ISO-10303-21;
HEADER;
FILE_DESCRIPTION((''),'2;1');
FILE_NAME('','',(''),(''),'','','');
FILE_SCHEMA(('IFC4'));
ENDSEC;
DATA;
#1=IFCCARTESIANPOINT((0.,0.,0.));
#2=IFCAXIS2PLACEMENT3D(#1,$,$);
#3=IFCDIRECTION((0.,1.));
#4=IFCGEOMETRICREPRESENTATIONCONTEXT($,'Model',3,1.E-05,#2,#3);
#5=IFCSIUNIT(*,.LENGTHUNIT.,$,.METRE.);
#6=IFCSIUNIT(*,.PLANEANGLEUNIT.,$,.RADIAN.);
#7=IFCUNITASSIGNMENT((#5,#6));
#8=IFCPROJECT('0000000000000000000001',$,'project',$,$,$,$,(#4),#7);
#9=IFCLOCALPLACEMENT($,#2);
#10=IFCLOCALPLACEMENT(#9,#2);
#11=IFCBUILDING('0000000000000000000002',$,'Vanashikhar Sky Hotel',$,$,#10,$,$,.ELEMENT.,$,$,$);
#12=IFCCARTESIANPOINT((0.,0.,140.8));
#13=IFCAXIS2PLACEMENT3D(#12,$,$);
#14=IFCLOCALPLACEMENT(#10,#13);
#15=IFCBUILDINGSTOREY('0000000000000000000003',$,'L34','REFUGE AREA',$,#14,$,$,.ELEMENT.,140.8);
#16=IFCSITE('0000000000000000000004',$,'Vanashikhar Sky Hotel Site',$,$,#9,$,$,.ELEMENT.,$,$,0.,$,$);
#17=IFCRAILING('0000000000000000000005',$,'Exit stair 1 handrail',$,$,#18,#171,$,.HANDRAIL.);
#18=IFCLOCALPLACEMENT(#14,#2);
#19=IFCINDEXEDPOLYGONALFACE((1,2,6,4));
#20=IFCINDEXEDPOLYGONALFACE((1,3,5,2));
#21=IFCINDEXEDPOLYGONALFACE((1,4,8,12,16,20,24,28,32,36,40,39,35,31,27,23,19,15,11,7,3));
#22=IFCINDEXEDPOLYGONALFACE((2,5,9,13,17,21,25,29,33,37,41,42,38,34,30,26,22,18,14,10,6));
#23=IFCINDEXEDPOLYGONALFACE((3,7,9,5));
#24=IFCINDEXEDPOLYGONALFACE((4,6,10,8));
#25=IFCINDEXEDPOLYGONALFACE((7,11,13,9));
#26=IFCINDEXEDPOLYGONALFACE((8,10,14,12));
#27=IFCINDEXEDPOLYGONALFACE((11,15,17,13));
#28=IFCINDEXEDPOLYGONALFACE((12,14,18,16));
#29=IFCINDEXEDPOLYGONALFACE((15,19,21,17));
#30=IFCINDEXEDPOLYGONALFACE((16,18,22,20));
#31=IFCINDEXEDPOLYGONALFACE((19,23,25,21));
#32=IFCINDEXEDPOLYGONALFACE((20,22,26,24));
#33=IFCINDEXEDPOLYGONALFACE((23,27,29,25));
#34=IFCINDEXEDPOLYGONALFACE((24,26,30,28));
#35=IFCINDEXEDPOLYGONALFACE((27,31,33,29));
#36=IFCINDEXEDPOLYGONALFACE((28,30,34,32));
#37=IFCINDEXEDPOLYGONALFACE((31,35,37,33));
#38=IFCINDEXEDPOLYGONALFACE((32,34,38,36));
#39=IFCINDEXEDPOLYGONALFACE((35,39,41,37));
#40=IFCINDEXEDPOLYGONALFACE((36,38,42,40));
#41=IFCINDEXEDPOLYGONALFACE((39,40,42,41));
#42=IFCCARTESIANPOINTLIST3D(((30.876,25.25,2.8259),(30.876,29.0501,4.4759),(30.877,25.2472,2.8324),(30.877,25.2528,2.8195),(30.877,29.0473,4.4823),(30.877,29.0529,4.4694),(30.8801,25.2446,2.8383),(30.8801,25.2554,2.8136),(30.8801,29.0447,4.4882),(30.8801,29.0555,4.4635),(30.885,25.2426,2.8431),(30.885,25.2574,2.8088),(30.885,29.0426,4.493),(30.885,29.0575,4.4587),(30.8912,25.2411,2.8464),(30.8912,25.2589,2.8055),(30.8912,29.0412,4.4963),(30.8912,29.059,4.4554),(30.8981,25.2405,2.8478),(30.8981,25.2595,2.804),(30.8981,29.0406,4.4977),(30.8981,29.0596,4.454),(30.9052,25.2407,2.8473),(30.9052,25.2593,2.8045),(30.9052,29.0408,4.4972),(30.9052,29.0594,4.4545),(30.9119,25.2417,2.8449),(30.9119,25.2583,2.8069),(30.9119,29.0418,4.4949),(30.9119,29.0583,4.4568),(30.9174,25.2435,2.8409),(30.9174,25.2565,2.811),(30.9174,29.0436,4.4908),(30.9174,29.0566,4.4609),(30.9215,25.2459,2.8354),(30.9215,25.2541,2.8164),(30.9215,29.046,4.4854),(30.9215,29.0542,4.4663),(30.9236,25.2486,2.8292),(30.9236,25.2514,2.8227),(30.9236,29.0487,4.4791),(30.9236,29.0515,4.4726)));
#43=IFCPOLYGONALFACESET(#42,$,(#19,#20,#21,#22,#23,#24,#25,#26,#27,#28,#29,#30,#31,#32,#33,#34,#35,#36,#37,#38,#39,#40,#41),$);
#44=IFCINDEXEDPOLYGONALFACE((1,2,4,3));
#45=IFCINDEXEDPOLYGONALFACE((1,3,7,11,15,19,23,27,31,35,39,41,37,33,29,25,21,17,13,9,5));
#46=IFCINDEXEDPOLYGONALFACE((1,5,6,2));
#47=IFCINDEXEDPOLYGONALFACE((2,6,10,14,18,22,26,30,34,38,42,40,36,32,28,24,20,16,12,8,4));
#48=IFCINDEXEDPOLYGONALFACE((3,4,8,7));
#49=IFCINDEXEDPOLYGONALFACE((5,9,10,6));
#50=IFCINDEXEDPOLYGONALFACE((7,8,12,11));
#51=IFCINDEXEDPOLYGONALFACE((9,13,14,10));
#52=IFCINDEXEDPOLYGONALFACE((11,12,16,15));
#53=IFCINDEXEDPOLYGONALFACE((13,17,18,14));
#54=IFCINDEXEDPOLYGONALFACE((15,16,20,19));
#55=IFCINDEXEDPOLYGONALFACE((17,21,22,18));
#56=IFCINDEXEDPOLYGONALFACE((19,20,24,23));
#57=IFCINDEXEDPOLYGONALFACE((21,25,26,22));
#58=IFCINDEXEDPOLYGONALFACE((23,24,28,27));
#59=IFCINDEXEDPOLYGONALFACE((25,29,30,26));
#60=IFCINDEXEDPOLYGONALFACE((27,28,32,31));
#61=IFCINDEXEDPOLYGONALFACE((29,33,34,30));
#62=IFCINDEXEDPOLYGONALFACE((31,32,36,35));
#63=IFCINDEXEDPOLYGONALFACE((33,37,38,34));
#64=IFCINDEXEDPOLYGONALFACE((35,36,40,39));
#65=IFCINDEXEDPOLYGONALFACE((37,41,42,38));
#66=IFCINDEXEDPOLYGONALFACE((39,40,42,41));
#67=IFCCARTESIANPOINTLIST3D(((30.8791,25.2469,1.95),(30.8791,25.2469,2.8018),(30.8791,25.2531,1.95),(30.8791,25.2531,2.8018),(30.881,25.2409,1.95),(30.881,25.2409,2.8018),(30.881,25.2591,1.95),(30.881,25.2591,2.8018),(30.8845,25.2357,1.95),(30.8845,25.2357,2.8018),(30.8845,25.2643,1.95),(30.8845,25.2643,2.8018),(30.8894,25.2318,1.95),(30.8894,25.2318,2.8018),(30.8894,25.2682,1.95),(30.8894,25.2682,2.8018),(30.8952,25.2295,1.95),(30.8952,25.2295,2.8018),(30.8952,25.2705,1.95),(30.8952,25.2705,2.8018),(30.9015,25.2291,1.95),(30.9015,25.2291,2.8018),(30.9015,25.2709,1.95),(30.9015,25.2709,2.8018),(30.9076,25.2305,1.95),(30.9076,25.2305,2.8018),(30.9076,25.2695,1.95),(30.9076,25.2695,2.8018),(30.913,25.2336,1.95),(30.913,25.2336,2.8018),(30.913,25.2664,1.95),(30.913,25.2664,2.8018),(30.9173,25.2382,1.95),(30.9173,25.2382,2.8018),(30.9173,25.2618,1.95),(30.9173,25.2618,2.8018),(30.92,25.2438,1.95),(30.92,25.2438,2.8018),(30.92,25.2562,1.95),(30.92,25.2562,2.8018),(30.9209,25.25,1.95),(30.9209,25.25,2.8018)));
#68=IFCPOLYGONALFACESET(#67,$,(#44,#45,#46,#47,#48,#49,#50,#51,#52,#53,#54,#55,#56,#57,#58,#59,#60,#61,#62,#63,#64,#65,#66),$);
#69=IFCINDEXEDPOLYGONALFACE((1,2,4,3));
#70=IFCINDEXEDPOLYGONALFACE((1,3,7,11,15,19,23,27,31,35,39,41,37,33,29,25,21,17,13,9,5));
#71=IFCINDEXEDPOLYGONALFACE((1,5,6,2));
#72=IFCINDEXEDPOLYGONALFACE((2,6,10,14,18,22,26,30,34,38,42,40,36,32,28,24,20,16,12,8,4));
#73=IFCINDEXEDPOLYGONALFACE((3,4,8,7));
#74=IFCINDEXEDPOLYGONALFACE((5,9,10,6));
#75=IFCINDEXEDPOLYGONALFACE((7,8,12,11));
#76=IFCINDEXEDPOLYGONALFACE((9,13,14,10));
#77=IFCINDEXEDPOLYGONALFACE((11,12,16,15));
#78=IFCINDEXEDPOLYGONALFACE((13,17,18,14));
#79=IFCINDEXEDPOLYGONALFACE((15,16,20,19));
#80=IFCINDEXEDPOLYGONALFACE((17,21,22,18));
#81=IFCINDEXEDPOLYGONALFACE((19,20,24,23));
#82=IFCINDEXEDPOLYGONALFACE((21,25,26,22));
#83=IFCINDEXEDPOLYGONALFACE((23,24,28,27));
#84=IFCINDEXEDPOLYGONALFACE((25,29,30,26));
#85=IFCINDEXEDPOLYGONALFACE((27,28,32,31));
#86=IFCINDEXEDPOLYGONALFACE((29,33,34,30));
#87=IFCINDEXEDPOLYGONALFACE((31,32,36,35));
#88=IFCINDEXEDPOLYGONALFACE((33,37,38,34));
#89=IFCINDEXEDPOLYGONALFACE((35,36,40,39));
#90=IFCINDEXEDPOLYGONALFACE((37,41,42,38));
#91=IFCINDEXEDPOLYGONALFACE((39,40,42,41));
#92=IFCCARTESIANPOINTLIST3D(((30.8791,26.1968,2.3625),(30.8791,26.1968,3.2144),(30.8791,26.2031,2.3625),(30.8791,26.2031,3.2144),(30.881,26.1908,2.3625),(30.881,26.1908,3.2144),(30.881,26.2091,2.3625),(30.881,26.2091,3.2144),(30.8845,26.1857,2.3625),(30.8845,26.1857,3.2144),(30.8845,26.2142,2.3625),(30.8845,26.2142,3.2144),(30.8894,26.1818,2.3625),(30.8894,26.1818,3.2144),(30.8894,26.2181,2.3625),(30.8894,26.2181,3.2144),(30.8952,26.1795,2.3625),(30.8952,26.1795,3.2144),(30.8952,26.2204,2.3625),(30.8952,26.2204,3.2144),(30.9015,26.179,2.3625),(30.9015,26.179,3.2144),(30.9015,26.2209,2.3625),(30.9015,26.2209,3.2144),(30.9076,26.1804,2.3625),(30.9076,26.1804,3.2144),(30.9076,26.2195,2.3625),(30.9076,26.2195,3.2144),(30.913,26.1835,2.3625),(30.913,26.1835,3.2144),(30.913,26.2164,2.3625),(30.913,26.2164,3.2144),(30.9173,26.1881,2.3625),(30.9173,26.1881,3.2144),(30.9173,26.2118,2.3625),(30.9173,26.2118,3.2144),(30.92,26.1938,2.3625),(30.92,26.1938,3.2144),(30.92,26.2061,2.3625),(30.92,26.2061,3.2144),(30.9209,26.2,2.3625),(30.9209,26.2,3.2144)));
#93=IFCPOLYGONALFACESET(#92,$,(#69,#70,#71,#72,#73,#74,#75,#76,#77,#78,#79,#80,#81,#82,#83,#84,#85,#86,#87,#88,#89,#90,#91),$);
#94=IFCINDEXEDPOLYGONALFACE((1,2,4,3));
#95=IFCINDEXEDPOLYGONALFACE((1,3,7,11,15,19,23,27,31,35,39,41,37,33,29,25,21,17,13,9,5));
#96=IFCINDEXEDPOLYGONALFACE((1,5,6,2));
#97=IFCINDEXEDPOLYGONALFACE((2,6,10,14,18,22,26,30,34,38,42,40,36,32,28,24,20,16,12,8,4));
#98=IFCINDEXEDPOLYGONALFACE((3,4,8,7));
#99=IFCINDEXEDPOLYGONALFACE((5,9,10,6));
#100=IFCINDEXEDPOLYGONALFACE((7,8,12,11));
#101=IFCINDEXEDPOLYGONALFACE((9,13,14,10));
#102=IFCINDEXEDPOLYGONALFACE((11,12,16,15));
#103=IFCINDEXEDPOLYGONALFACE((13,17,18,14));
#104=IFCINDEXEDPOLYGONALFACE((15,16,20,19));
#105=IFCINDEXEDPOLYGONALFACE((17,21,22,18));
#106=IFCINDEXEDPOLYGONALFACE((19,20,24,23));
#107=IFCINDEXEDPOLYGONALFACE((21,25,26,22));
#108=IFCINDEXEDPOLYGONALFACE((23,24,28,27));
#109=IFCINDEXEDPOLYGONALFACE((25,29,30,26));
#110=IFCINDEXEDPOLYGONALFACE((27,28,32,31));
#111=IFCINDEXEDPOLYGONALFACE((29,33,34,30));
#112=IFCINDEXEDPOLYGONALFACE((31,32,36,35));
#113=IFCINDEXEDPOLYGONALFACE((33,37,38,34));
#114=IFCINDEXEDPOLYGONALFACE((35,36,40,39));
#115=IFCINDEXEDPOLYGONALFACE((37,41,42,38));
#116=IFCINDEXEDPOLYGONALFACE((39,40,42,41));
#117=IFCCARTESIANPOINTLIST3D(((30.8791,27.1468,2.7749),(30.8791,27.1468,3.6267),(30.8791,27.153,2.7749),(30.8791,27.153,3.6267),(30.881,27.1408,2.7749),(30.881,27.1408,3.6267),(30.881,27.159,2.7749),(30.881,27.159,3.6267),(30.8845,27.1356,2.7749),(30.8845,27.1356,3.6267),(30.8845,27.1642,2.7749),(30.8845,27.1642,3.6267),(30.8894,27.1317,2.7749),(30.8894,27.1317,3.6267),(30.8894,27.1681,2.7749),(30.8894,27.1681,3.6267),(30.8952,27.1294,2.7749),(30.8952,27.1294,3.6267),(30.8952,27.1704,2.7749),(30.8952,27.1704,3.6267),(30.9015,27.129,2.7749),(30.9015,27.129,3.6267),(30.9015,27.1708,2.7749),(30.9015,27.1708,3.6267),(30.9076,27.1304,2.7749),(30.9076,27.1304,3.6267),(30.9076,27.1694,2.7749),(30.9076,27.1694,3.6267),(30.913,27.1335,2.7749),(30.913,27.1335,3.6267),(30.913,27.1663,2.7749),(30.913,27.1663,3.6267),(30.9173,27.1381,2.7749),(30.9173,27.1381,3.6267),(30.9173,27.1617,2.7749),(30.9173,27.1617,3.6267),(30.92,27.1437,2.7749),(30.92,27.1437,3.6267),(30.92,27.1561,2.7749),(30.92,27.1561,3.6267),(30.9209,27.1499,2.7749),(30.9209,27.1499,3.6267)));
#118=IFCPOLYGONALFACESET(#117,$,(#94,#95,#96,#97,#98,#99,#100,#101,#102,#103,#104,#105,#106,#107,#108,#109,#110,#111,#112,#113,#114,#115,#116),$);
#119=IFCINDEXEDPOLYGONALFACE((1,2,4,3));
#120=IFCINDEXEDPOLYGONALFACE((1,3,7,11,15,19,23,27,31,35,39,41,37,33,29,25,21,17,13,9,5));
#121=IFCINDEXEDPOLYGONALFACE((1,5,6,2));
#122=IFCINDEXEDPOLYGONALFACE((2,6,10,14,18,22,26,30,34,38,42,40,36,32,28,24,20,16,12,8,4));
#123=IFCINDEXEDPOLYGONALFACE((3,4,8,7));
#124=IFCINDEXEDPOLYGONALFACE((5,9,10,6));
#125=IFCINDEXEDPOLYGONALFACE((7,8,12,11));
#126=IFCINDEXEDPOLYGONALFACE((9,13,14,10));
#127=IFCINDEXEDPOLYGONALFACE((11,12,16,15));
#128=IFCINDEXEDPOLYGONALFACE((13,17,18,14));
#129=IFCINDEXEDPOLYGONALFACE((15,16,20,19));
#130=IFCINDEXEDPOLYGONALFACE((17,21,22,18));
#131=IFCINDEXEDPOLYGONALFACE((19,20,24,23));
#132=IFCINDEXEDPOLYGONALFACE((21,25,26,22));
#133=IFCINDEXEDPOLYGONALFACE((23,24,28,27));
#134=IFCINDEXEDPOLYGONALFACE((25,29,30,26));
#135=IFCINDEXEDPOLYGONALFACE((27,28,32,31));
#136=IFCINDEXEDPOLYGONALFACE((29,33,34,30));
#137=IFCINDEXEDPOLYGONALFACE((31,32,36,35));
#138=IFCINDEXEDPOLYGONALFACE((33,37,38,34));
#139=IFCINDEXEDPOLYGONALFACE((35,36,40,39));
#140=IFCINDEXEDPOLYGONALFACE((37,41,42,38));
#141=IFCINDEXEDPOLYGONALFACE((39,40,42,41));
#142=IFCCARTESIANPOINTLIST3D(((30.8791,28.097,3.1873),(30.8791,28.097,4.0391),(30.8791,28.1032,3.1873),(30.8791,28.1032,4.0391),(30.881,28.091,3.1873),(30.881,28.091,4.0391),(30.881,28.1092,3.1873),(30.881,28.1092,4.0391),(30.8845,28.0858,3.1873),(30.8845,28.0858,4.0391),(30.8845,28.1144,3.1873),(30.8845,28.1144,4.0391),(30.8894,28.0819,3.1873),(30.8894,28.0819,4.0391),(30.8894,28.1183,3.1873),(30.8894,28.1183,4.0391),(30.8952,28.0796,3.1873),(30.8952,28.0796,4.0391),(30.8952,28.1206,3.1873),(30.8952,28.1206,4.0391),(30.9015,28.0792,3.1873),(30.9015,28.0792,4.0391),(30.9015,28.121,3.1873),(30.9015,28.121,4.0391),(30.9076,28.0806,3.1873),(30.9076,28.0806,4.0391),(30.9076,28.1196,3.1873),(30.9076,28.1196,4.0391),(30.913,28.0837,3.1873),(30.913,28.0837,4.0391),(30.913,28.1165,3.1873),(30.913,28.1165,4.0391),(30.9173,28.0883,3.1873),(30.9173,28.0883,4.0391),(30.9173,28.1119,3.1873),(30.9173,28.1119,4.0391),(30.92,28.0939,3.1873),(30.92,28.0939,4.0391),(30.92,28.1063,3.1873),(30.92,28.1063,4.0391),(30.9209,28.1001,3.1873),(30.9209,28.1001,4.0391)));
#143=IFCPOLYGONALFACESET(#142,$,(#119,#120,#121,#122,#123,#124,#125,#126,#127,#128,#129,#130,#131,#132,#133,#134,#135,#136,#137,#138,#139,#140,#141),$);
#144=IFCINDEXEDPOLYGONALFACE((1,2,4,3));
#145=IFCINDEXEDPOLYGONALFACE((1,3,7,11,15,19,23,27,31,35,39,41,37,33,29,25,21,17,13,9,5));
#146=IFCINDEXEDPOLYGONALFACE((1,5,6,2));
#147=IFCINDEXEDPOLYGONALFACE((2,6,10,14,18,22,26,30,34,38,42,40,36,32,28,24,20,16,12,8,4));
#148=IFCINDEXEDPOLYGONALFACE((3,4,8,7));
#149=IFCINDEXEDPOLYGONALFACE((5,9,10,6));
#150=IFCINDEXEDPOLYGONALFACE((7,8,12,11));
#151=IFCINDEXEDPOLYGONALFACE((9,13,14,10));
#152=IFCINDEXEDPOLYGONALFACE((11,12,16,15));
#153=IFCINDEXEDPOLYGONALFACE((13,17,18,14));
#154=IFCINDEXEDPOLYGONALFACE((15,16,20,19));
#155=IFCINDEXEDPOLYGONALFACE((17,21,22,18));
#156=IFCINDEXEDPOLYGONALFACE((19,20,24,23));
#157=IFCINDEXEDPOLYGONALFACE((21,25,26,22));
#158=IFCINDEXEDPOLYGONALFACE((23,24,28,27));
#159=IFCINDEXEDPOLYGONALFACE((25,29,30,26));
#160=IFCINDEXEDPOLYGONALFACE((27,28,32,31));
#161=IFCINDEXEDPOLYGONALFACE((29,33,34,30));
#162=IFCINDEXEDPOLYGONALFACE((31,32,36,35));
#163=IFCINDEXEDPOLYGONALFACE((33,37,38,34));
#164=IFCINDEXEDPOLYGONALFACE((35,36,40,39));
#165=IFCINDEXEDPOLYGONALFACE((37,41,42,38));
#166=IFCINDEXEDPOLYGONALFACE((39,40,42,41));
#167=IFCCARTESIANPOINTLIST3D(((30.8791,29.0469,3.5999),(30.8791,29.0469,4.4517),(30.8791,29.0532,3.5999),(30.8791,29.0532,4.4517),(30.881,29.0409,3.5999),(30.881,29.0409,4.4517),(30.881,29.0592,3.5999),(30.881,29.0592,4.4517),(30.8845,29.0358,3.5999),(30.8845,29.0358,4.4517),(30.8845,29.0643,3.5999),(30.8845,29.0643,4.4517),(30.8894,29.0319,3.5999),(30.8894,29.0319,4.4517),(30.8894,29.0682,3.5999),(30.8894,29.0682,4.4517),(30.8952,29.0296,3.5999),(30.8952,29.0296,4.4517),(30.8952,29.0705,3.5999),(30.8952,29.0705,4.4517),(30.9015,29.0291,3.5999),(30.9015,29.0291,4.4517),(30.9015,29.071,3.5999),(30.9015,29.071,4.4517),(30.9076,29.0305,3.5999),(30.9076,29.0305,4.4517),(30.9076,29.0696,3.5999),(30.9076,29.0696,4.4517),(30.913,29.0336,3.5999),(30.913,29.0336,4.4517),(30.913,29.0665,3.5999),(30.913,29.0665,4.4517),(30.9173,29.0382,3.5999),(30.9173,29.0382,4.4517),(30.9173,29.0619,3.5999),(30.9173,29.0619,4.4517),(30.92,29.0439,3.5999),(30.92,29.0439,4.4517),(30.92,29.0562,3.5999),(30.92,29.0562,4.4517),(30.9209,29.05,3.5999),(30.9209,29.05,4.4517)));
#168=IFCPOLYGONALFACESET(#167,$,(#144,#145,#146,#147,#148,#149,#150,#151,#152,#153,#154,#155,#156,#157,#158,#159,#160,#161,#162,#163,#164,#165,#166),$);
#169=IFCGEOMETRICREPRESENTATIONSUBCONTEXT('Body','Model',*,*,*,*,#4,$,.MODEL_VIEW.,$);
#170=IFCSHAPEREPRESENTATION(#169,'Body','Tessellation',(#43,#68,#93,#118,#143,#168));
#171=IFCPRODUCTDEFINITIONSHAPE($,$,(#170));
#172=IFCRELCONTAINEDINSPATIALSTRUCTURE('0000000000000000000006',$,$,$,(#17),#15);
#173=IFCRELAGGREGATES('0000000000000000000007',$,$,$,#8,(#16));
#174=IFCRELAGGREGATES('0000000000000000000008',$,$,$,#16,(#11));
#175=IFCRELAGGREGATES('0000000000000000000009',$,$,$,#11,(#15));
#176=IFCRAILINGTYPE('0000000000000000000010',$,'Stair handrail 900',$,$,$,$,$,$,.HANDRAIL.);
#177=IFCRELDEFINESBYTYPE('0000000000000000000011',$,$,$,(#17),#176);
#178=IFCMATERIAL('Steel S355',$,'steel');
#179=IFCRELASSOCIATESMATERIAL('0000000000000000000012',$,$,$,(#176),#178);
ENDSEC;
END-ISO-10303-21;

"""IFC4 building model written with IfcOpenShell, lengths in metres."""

from ifc_helpers import new_model, si_unit, direction, frame, origin, origin_2d, place, context, subcontext, project, spatial, circle, extrude, source, transform, mapped, material, type_object, element, save


model = new_model("IFC4")

# Units and contexts
model_context = context("Model", 3, precision=1e-05, world=origin(), true_north=direction((0.0, 1.0)))
body_context = subcontext(model_context, "Body", "Model", "MODEL_VIEW")
ifc_project = project(units=[si_unit("LENGTHUNIT", "METRE"), si_unit("PLANEANGLEUNIT", "RADIAN")], contexts=[model_context])

# Site, building, storey
site_placement = place(None, origin())
site = spatial("IfcSite", under=ifc_project, at=site_placement, Name="Vanashikhar Sky Hotel Site", CompositionType="ELEMENT", RefElevation=0.0)
building_placement = place(site_placement, origin())
building = spatial("IfcBuilding", under=site, at=building_placement, Name="Vanashikhar Sky Hotel", CompositionType="ELEMENT")
storey_placement = place(building_placement, frame((0.0, 0.0, 140.8)))
storey = spatial("IfcBuildingStorey", under=building, at=storey_placement, Name="L34", Description="REFUGE AREA", CompositionType="ELEMENT", Elevation=140.8)

# Railing
ifc_material_1 = material(Name="Steel S355", Category="steel")
railing_type_1 = type_object("IfcRailingType", Name="Stair handrail 900", PredefinedType="HANDRAIL", material=ifc_material_1)
shared_shape_1 = source(origin(), body_context, "Body", "SweptSolid", [
    extrude(circle(Radius=0.0239, at=origin_2d()), frame((0.0, 0.0, 0.876), z_axis=(0.0, 0.917272, 0.398261), x_axis=(-1.0, 0.0, 0.0)), (0.0, 0.0, 1.0), 4.1428),
    extrude(circle(Radius=0.021, at=origin_2d()), origin(), (0.0, 0.0, 1.0), 0.8518),
    extrude(circle(Radius=0.021, at=origin_2d()), frame((0.0, 0.95, 0.4126)), (0.0, 0.0, 1.0), 0.8518),
    extrude(circle(Radius=0.021, at=origin_2d()), frame((0.0, 1.8999, 0.825)), (0.0, 0.0, 1.0), 0.8518),
    extrude(circle(Radius=0.021, at=origin_2d()), frame((0.0, 2.8501, 1.2373)), (0.0, 0.0, 1.0), 0.8518),
    extrude(circle(Radius=0.021, at=origin_2d()), frame((0.0, 3.8, 1.6499)), (0.0, 0.0, 1.0), 0.8518),
])
railing_1_placement = place(storey_placement, frame((30.8999, 25.25, 1.95)))
element("IfcRailing", 1, at=railing_1_placement, inside=storey, type_object=railing_type_1, Name="Exit stair 1 handrail", PredefinedType="HANDRAIL", context=body_context, shape_type="MappedRepresentation", body=[
    mapped(shared_shape_1, transform((0.0, 0.0, 0.0), scale=1.0)),
])

save(model, "model.ifc")
